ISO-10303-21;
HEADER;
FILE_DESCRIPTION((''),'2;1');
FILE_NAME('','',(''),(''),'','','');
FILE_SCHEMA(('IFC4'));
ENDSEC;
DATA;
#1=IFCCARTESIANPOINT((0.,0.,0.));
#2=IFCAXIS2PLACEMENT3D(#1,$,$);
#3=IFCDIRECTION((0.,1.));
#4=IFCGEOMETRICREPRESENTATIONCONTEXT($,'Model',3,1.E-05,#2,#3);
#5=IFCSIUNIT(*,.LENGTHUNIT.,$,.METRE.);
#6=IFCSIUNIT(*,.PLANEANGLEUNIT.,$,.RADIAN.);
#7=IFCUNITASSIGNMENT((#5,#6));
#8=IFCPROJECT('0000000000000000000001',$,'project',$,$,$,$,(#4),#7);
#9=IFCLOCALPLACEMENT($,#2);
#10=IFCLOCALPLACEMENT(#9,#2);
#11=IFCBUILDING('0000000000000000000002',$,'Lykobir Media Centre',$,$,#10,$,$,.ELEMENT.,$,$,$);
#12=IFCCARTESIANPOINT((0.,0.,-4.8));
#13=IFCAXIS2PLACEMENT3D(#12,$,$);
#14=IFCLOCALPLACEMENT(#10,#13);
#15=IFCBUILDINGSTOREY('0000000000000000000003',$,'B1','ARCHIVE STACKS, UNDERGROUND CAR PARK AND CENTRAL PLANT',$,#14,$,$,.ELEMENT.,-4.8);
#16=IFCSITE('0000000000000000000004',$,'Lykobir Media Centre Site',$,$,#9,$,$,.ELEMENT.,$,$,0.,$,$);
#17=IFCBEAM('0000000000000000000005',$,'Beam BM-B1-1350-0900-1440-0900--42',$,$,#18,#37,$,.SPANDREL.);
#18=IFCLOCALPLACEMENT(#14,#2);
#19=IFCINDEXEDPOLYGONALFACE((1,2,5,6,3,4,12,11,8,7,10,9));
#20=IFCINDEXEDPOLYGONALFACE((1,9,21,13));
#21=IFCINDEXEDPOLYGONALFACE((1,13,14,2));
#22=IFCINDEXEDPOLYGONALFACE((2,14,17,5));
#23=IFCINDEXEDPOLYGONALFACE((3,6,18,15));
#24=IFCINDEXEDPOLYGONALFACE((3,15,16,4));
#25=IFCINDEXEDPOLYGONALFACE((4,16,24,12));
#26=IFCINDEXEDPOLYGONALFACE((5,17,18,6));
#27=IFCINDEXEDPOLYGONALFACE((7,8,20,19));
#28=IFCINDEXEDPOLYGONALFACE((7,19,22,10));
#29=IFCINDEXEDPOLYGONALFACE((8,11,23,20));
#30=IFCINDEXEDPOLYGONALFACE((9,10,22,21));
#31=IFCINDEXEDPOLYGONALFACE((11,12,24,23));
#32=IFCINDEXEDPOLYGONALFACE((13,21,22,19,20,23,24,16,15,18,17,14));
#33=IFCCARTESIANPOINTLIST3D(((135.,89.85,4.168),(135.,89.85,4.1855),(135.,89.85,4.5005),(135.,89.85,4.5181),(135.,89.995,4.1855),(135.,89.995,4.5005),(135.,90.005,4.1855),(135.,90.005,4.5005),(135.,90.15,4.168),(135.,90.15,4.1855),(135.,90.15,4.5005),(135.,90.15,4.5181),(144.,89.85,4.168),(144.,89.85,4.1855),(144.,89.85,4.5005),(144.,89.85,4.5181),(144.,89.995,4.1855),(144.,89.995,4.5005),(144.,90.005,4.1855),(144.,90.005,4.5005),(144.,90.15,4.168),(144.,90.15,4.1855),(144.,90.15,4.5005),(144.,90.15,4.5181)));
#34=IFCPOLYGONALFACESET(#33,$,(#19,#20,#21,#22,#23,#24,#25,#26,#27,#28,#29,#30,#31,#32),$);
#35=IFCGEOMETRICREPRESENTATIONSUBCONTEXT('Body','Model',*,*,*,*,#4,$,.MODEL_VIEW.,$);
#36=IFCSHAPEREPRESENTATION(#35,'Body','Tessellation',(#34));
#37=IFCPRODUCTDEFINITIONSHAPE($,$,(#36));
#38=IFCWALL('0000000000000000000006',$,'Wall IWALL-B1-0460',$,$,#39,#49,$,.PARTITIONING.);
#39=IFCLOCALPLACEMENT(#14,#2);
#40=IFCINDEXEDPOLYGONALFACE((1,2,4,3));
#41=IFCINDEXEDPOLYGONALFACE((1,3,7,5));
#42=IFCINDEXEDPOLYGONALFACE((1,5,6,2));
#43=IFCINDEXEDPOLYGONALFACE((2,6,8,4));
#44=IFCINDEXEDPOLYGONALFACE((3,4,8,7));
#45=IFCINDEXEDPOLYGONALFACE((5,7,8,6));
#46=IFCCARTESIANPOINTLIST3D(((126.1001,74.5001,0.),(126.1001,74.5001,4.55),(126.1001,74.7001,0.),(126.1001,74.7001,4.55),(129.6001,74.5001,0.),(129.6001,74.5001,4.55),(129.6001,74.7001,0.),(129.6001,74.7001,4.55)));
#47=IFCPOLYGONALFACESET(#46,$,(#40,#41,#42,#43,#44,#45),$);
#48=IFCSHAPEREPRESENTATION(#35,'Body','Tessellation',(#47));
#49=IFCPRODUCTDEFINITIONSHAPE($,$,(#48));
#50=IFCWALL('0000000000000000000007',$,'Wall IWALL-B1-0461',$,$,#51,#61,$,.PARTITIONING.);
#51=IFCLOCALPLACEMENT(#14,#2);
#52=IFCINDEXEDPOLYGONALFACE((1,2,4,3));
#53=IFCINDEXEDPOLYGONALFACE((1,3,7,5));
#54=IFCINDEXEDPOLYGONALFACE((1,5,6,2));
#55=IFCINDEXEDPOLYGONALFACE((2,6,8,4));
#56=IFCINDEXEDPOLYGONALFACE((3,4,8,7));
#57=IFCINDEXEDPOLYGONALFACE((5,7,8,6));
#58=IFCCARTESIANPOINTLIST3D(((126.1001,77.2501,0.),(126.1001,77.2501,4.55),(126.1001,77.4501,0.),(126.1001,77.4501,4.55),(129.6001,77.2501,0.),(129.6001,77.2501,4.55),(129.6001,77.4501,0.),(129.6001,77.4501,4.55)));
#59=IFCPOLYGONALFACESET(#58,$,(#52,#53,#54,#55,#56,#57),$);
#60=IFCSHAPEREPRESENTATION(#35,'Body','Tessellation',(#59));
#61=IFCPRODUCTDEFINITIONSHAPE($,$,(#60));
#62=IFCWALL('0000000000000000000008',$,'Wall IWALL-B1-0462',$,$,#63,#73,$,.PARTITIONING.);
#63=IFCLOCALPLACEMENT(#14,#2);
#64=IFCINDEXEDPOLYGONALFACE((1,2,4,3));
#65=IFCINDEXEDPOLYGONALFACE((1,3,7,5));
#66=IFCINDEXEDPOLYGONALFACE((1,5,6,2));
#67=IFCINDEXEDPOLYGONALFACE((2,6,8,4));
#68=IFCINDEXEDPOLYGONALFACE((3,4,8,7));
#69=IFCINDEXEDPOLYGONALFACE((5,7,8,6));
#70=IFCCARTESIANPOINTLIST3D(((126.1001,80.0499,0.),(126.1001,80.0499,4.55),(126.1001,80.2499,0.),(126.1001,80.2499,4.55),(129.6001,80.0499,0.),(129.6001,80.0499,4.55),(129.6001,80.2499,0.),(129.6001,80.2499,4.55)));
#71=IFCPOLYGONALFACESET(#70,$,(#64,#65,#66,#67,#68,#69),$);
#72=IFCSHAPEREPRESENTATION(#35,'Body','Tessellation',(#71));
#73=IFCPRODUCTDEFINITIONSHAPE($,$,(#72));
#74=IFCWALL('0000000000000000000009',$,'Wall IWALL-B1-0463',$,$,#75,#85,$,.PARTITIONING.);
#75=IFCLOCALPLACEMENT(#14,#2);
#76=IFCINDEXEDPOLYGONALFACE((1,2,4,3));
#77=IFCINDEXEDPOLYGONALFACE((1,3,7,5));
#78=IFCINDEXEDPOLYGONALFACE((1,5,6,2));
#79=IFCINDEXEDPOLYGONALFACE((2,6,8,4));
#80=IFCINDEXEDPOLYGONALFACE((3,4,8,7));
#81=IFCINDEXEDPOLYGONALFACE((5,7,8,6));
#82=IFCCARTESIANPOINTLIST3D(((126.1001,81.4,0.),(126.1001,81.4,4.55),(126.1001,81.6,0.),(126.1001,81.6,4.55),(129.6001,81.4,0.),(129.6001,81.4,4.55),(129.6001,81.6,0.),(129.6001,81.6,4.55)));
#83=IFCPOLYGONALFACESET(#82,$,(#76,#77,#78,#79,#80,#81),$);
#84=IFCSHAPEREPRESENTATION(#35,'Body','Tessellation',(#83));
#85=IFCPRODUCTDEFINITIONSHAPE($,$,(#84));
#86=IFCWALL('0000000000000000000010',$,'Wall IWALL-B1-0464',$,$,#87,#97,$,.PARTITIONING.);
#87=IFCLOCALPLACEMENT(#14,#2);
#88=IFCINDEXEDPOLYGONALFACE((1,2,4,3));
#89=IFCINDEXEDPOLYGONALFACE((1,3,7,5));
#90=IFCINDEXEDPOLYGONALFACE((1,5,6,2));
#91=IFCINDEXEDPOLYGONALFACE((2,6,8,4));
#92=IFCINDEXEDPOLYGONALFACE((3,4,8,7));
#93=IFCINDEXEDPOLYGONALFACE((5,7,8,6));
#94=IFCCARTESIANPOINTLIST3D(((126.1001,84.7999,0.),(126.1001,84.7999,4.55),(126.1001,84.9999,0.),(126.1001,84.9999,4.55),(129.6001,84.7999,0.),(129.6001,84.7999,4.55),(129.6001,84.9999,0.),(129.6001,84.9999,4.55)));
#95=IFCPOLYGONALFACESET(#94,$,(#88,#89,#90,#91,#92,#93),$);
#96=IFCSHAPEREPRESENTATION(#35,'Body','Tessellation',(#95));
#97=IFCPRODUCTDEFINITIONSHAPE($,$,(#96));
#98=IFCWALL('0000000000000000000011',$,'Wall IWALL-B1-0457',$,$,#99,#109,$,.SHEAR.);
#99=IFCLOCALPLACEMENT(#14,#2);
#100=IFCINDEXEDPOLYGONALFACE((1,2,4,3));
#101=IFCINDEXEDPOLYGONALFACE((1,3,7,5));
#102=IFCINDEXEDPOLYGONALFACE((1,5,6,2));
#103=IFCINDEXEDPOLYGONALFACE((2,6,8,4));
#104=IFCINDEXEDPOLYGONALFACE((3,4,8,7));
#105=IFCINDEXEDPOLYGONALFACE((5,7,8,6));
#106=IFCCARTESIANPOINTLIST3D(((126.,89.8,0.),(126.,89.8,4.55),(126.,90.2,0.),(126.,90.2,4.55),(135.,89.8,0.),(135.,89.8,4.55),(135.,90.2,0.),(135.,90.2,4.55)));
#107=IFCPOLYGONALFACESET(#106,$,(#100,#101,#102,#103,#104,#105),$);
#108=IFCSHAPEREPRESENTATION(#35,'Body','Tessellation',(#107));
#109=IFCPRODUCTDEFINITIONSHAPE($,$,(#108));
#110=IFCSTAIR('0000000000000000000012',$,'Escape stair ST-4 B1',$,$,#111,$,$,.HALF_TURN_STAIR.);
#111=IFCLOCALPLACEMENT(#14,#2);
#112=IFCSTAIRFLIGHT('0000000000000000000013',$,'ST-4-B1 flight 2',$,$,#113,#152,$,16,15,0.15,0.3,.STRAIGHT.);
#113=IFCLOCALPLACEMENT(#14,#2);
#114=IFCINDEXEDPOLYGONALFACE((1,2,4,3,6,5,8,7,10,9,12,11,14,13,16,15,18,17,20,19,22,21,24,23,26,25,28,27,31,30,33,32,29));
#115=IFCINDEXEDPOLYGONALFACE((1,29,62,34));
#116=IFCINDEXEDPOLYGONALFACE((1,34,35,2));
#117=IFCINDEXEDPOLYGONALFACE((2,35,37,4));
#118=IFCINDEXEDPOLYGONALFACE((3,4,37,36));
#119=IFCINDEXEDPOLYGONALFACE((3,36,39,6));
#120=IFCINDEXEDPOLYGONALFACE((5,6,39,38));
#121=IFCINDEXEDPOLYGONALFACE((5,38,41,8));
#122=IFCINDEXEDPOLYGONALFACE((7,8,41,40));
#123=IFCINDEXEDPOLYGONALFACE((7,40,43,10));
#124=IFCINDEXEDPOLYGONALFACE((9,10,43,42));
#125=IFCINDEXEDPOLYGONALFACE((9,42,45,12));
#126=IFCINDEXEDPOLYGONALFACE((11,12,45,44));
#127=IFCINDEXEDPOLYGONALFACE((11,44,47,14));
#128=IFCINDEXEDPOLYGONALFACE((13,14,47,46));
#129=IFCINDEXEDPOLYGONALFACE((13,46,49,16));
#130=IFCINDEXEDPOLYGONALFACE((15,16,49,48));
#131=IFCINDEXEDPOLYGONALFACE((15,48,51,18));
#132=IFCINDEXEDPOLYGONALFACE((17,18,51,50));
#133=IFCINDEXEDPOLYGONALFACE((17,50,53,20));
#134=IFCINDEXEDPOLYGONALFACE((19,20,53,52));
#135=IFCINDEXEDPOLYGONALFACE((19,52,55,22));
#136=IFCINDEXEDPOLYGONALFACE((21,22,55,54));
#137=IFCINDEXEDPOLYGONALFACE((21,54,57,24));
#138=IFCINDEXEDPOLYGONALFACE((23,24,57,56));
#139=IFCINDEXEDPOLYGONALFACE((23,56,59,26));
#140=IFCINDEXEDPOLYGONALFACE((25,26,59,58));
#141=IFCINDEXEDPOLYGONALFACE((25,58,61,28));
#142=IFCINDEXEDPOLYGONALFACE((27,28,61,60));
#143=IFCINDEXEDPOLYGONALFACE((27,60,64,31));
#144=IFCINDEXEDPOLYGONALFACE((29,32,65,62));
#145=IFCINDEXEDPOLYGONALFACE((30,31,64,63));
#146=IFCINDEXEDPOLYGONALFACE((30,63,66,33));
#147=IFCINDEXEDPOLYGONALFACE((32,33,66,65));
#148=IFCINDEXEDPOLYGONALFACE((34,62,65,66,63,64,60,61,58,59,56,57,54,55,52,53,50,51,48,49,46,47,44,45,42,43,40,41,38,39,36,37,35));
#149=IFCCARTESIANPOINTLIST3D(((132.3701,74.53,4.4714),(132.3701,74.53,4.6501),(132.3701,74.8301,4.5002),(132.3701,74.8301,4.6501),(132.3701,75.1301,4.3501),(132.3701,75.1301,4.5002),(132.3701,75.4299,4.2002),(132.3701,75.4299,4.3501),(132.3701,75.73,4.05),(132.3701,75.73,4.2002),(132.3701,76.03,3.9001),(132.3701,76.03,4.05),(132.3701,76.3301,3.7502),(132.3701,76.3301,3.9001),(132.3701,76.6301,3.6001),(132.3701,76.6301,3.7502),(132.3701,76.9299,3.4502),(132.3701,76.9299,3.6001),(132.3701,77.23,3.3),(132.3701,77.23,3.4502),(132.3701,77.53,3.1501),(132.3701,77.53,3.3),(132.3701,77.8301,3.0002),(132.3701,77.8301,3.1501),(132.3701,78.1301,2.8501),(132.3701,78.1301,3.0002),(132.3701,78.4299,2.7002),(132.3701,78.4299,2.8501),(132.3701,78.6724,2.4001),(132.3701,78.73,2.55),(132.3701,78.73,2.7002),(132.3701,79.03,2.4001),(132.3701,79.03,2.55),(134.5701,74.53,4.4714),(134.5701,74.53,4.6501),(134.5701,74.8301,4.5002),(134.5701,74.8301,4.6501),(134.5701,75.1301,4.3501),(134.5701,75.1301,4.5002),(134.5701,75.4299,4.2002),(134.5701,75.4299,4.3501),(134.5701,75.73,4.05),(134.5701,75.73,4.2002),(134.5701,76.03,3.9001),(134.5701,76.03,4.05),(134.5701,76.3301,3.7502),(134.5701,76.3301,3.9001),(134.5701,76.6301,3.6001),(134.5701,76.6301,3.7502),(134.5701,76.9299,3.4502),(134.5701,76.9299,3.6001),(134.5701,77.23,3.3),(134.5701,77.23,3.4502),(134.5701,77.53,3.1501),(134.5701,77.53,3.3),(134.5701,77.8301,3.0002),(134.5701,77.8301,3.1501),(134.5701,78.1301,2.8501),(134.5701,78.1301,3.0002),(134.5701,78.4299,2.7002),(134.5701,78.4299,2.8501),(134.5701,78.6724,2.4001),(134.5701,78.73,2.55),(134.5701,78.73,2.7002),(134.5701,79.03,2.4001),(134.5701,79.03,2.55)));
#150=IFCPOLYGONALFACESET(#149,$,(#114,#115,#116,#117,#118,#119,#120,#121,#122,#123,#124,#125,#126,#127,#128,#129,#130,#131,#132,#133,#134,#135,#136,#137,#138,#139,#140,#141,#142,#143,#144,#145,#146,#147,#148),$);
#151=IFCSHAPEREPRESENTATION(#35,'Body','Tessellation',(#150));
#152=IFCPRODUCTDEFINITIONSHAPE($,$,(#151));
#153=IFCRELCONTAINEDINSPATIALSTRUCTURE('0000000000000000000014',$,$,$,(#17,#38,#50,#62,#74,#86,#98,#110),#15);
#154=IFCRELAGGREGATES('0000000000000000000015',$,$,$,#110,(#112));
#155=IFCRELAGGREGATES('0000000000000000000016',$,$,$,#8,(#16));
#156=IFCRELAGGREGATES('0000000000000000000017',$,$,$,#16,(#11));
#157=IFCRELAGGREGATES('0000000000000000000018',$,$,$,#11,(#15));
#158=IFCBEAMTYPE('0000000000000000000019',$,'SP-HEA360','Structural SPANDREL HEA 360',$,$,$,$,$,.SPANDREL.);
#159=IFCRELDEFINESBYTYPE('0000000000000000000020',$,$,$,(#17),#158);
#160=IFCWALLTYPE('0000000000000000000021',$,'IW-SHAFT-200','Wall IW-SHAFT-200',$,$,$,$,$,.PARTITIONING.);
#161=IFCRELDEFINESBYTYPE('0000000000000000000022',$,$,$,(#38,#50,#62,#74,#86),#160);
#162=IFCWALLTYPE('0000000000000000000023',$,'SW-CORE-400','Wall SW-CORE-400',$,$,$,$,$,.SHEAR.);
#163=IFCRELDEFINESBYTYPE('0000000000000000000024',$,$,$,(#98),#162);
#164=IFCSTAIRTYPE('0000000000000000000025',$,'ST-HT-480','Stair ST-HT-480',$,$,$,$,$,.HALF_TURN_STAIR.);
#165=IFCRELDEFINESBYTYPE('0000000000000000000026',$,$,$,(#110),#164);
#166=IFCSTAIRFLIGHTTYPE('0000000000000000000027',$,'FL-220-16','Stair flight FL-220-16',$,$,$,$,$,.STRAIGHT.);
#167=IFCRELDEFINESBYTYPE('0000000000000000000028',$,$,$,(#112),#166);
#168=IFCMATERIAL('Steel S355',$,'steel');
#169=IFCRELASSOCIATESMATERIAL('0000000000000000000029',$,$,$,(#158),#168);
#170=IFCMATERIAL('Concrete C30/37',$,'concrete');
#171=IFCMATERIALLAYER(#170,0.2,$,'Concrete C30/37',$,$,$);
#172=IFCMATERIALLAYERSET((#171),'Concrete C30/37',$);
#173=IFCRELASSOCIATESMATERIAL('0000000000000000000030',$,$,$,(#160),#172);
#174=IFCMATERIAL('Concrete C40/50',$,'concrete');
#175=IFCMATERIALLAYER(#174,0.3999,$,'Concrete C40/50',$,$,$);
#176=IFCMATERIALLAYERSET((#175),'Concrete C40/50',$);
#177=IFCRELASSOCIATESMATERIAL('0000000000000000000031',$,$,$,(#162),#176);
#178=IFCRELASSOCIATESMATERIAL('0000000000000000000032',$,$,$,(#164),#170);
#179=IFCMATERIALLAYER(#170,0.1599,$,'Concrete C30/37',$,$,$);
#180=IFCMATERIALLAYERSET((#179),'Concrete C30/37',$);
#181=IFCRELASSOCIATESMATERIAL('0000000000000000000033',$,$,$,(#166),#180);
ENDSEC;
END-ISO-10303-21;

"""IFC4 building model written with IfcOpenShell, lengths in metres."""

from ifc_helpers import new_model, si_unit, direction, frame, frame_2d, origin, origin_2d, place, context, subcontext, project, spatial, polyline, rectangle, i_section, outline, extrude, material, layer, layer_set, material_profile, profile_set, type_object, element, aggregate, save


model = new_model("IFC4")

# Units and contexts
model_context = context("Model", 3, precision=1e-05, world=origin(), true_north=direction((0.0, 1.0)))
body_context = subcontext(model_context, "Body", "Model", "MODEL_VIEW")
ifc_project = project(units=[si_unit("LENGTHUNIT", "METRE"), si_unit("PLANEANGLEUNIT", "RADIAN")], contexts=[model_context])

# Site, building, storey
site_placement = place(None, origin())
site = spatial("IfcSite", under=ifc_project, at=site_placement, Name="Lykobir Media Centre Site", CompositionType="ELEMENT", RefElevation=0.0)
building_placement = place(site_placement, origin())
building = spatial("IfcBuilding", under=site, at=building_placement, Name="Lykobir Media Centre", CompositionType="ELEMENT")
storey_placement = place(building_placement, frame((0.0, 0.0, -4.8)))
storey = spatial("IfcBuildingStorey", under=building, at=storey_placement, Name="B1", Description="ARCHIVE STACKS, UNDERGROUND CAR PARK AND CENTRAL PLANT", CompositionType="ELEMENT", Elevation=-4.8)

# Shared definitions
ifc_material_1 = material(Name="Concrete C30/37", Category="concrete")

# Shared definitions
ifc_material_2 = material(Name="Concrete C40/50", Category="concrete")

# Beam
ifc_material_3 = material(Name="Steel S355", Category="steel")
ifc_material_profile_1 = material_profile(ifc_material_3, i_section(OverallWidth=0.3, OverallDepth=0.3501, WebThickness=0.01, FlangeThickness=0.0176, at=origin_2d()), Name="HEA 360")
ifc_profile_set_1 = profile_set([ifc_material_profile_1], Name="Steel S355")
beam_type_1 = type_object("IfcBeamType", Name="SP-HEA360", Description="Structural SPANDREL HEA 360", PredefinedType="SPANDREL", material=ifc_profile_set_1)
beam_1_placement = place(storey_placement, frame((135.0, 90.0, 4.343), z_axis=(1.0, 0.0, 0.0), x_axis=(0.0, 1.0, 0.0)))
element("IfcBeam", 1, at=beam_1_placement, inside=storey, type_object=beam_type_1, Name="Beam BM-B1-1350-0900-1440-0900--42", PredefinedType="SPANDREL", context=body_context, shape_type="SweptSolid", body=[
    extrude(i_section(OverallWidth=0.3, OverallDepth=0.3501, WebThickness=0.01, FlangeThickness=0.0176, at=origin_2d()), origin(), (0.0, 0.0, 1.0), 9.0),
])

# Walls
ifc_layer_1 = layer(ifc_material_1, 0.2, Name="Concrete C30/37")
ifc_layer_set_1 = layer_set([ifc_layer_1], Name="Concrete C30/37")
wall_type_1 = type_object("IfcWallType", Name="IW-SHAFT-200", Description="Wall IW-SHAFT-200", PredefinedType="PARTITIONING", material=ifc_layer_set_1)
for number, where, z_axis, x_axis, name in (
    (2, (126.1001, 74.6001, 0.0), (0.0, 0.0, 1.0), (1.0, 0.0, 0.0), "Wall IWALL-B1-0460"),
    (3, (126.1001, 77.3501, 0.0), (0.0, 0.0, 1.0), (1.0, 0.0, 0.0), "Wall IWALL-B1-0461"),
    (4, (126.1001, 80.1499, 0.0), (0.0, 0.0, 1.0), (1.0, 0.0, 0.0), "Wall IWALL-B1-0462"),
    (5, (126.1001, 81.5, 0.0), (0.0, 0.0, 1.0), (1.0, 0.0, 0.0), "Wall IWALL-B1-0463"),
    (6, (126.1001, 84.8999, 0.0), (0.0, 0.0, 1.0), (1.0, 0.0, 0.0), "Wall IWALL-B1-0464"),
):
    element("IfcWall", number, at=place(storey_placement, frame(where, z_axis=z_axis, x_axis=x_axis)), inside=storey, type_object=wall_type_1, Name=name, PredefinedType="PARTITIONING", context=body_context, shape_type="SweptSolid", body=[
        extrude(rectangle(XDim=3.5, YDim=0.2, at=frame_2d((1.75, 0.0))), origin(), (0.0, 0.0, 1.0), 4.55),
    ])
ifc_layer_2 = layer(ifc_material_2, 0.3999, Name="Concrete C40/50")
ifc_layer_set_2 = layer_set([ifc_layer_2], Name="Concrete C40/50")
wall_type_2 = type_object("IfcWallType", Name="SW-CORE-400", Description="Wall SW-CORE-400", PredefinedType="SHEAR", material=ifc_layer_set_2)
wall_placement = place(storey_placement, frame((135.0, 90.0, 0.0), z_axis=(0.0, 0.0, 1.0), x_axis=(-1.0, 0.0, 0.0)))
element("IfcWall", 7, at=wall_placement, inside=storey, type_object=wall_type_2, Name="Wall IWALL-B1-0457", PredefinedType="SHEAR", context=body_context, shape_type="SweptSolid", body=[
    extrude(rectangle(XDim=9.0, YDim=0.3999, at=frame_2d((4.5, 0.0))), origin(), (0.0, 0.0, 1.0), 4.55),
])

# Stair, stair flight
stair_type = type_object("IfcStairType", Name="ST-HT-480", Description="Stair ST-HT-480", PredefinedType="HALF_TURN_STAIR", material=ifc_material_1)
stair_placement = place(storey_placement, origin())
stair = element("IfcStair", 8, at=stair_placement, inside=storey, type_object=stair_type, Name="Escape stair ST-4 B1", PredefinedType="HALF_TURN_STAIR")
ifc_layer_3 = layer(ifc_material_1, 0.1599, Name="Concrete C30/37")
ifc_layer_set_3 = layer_set([ifc_layer_3], Name="Concrete C30/37")
stair_flight_type = type_object("IfcStairFlightType", Name="FL-220-16", Description="Stair flight FL-220-16", PredefinedType="STRAIGHT", material=ifc_layer_set_3)
stair_flight_placement = place(storey_placement, frame((133.47, 79.03, 2.4001), z_axis=(0.0, 0.0, 1.0), x_axis=(0.0, -1.0, 0.0)))
stair_flight = element("IfcStairFlight", 9, at=stair_flight_placement, type_object=stair_flight_type, Name="ST-4-B1 flight 2", NumberOfRisers=16, NumberOfTreads=15, PredefinedType="STRAIGHT", RiserHeight=0.15, TreadLength=0.3, context=body_context, shape_type="SweptSolid", body=[
    extrude(outline(polyline([(0.0, 0.0), (0.0, 0.1499), (0.3, 0.1499), (0.3, 0.3), (0.6001, 0.3), (0.6001, 0.45), (0.8999, 0.45), (0.8999, 0.6001), (1.2, 0.6001), (1.2, 0.75), (1.5, 0.75), (1.5, 0.8999), (1.8, 0.8999), (1.8, 1.05), (2.1001, 1.05), (2.1001, 1.2), (2.3999, 1.2), (2.3999, 1.3501), (2.7, 1.3501), (2.7, 1.5), (3.0, 1.5), (3.0, 1.6499), (3.3, 1.6499), (3.3, 1.8), (3.6001, 1.8), (3.6001, 1.95), (3.8999, 1.95), (3.8999, 2.1001), (4.2, 2.1001), (4.2, 2.25), (4.5, 2.25), (4.5, 2.3999), (4.5, 2.0713), (0.3577, 0.0), (0.0, 0.0)])), frame((0.0, 1.1001, 0.0), z_axis=(0.0, -1.0, 0.0), x_axis=(1.0, 0.0, 0.0)), (0.0, 0.0, 1.0), 2.2),
])
aggregate(stair, [stair_flight])

save(model, "model.ifc")
